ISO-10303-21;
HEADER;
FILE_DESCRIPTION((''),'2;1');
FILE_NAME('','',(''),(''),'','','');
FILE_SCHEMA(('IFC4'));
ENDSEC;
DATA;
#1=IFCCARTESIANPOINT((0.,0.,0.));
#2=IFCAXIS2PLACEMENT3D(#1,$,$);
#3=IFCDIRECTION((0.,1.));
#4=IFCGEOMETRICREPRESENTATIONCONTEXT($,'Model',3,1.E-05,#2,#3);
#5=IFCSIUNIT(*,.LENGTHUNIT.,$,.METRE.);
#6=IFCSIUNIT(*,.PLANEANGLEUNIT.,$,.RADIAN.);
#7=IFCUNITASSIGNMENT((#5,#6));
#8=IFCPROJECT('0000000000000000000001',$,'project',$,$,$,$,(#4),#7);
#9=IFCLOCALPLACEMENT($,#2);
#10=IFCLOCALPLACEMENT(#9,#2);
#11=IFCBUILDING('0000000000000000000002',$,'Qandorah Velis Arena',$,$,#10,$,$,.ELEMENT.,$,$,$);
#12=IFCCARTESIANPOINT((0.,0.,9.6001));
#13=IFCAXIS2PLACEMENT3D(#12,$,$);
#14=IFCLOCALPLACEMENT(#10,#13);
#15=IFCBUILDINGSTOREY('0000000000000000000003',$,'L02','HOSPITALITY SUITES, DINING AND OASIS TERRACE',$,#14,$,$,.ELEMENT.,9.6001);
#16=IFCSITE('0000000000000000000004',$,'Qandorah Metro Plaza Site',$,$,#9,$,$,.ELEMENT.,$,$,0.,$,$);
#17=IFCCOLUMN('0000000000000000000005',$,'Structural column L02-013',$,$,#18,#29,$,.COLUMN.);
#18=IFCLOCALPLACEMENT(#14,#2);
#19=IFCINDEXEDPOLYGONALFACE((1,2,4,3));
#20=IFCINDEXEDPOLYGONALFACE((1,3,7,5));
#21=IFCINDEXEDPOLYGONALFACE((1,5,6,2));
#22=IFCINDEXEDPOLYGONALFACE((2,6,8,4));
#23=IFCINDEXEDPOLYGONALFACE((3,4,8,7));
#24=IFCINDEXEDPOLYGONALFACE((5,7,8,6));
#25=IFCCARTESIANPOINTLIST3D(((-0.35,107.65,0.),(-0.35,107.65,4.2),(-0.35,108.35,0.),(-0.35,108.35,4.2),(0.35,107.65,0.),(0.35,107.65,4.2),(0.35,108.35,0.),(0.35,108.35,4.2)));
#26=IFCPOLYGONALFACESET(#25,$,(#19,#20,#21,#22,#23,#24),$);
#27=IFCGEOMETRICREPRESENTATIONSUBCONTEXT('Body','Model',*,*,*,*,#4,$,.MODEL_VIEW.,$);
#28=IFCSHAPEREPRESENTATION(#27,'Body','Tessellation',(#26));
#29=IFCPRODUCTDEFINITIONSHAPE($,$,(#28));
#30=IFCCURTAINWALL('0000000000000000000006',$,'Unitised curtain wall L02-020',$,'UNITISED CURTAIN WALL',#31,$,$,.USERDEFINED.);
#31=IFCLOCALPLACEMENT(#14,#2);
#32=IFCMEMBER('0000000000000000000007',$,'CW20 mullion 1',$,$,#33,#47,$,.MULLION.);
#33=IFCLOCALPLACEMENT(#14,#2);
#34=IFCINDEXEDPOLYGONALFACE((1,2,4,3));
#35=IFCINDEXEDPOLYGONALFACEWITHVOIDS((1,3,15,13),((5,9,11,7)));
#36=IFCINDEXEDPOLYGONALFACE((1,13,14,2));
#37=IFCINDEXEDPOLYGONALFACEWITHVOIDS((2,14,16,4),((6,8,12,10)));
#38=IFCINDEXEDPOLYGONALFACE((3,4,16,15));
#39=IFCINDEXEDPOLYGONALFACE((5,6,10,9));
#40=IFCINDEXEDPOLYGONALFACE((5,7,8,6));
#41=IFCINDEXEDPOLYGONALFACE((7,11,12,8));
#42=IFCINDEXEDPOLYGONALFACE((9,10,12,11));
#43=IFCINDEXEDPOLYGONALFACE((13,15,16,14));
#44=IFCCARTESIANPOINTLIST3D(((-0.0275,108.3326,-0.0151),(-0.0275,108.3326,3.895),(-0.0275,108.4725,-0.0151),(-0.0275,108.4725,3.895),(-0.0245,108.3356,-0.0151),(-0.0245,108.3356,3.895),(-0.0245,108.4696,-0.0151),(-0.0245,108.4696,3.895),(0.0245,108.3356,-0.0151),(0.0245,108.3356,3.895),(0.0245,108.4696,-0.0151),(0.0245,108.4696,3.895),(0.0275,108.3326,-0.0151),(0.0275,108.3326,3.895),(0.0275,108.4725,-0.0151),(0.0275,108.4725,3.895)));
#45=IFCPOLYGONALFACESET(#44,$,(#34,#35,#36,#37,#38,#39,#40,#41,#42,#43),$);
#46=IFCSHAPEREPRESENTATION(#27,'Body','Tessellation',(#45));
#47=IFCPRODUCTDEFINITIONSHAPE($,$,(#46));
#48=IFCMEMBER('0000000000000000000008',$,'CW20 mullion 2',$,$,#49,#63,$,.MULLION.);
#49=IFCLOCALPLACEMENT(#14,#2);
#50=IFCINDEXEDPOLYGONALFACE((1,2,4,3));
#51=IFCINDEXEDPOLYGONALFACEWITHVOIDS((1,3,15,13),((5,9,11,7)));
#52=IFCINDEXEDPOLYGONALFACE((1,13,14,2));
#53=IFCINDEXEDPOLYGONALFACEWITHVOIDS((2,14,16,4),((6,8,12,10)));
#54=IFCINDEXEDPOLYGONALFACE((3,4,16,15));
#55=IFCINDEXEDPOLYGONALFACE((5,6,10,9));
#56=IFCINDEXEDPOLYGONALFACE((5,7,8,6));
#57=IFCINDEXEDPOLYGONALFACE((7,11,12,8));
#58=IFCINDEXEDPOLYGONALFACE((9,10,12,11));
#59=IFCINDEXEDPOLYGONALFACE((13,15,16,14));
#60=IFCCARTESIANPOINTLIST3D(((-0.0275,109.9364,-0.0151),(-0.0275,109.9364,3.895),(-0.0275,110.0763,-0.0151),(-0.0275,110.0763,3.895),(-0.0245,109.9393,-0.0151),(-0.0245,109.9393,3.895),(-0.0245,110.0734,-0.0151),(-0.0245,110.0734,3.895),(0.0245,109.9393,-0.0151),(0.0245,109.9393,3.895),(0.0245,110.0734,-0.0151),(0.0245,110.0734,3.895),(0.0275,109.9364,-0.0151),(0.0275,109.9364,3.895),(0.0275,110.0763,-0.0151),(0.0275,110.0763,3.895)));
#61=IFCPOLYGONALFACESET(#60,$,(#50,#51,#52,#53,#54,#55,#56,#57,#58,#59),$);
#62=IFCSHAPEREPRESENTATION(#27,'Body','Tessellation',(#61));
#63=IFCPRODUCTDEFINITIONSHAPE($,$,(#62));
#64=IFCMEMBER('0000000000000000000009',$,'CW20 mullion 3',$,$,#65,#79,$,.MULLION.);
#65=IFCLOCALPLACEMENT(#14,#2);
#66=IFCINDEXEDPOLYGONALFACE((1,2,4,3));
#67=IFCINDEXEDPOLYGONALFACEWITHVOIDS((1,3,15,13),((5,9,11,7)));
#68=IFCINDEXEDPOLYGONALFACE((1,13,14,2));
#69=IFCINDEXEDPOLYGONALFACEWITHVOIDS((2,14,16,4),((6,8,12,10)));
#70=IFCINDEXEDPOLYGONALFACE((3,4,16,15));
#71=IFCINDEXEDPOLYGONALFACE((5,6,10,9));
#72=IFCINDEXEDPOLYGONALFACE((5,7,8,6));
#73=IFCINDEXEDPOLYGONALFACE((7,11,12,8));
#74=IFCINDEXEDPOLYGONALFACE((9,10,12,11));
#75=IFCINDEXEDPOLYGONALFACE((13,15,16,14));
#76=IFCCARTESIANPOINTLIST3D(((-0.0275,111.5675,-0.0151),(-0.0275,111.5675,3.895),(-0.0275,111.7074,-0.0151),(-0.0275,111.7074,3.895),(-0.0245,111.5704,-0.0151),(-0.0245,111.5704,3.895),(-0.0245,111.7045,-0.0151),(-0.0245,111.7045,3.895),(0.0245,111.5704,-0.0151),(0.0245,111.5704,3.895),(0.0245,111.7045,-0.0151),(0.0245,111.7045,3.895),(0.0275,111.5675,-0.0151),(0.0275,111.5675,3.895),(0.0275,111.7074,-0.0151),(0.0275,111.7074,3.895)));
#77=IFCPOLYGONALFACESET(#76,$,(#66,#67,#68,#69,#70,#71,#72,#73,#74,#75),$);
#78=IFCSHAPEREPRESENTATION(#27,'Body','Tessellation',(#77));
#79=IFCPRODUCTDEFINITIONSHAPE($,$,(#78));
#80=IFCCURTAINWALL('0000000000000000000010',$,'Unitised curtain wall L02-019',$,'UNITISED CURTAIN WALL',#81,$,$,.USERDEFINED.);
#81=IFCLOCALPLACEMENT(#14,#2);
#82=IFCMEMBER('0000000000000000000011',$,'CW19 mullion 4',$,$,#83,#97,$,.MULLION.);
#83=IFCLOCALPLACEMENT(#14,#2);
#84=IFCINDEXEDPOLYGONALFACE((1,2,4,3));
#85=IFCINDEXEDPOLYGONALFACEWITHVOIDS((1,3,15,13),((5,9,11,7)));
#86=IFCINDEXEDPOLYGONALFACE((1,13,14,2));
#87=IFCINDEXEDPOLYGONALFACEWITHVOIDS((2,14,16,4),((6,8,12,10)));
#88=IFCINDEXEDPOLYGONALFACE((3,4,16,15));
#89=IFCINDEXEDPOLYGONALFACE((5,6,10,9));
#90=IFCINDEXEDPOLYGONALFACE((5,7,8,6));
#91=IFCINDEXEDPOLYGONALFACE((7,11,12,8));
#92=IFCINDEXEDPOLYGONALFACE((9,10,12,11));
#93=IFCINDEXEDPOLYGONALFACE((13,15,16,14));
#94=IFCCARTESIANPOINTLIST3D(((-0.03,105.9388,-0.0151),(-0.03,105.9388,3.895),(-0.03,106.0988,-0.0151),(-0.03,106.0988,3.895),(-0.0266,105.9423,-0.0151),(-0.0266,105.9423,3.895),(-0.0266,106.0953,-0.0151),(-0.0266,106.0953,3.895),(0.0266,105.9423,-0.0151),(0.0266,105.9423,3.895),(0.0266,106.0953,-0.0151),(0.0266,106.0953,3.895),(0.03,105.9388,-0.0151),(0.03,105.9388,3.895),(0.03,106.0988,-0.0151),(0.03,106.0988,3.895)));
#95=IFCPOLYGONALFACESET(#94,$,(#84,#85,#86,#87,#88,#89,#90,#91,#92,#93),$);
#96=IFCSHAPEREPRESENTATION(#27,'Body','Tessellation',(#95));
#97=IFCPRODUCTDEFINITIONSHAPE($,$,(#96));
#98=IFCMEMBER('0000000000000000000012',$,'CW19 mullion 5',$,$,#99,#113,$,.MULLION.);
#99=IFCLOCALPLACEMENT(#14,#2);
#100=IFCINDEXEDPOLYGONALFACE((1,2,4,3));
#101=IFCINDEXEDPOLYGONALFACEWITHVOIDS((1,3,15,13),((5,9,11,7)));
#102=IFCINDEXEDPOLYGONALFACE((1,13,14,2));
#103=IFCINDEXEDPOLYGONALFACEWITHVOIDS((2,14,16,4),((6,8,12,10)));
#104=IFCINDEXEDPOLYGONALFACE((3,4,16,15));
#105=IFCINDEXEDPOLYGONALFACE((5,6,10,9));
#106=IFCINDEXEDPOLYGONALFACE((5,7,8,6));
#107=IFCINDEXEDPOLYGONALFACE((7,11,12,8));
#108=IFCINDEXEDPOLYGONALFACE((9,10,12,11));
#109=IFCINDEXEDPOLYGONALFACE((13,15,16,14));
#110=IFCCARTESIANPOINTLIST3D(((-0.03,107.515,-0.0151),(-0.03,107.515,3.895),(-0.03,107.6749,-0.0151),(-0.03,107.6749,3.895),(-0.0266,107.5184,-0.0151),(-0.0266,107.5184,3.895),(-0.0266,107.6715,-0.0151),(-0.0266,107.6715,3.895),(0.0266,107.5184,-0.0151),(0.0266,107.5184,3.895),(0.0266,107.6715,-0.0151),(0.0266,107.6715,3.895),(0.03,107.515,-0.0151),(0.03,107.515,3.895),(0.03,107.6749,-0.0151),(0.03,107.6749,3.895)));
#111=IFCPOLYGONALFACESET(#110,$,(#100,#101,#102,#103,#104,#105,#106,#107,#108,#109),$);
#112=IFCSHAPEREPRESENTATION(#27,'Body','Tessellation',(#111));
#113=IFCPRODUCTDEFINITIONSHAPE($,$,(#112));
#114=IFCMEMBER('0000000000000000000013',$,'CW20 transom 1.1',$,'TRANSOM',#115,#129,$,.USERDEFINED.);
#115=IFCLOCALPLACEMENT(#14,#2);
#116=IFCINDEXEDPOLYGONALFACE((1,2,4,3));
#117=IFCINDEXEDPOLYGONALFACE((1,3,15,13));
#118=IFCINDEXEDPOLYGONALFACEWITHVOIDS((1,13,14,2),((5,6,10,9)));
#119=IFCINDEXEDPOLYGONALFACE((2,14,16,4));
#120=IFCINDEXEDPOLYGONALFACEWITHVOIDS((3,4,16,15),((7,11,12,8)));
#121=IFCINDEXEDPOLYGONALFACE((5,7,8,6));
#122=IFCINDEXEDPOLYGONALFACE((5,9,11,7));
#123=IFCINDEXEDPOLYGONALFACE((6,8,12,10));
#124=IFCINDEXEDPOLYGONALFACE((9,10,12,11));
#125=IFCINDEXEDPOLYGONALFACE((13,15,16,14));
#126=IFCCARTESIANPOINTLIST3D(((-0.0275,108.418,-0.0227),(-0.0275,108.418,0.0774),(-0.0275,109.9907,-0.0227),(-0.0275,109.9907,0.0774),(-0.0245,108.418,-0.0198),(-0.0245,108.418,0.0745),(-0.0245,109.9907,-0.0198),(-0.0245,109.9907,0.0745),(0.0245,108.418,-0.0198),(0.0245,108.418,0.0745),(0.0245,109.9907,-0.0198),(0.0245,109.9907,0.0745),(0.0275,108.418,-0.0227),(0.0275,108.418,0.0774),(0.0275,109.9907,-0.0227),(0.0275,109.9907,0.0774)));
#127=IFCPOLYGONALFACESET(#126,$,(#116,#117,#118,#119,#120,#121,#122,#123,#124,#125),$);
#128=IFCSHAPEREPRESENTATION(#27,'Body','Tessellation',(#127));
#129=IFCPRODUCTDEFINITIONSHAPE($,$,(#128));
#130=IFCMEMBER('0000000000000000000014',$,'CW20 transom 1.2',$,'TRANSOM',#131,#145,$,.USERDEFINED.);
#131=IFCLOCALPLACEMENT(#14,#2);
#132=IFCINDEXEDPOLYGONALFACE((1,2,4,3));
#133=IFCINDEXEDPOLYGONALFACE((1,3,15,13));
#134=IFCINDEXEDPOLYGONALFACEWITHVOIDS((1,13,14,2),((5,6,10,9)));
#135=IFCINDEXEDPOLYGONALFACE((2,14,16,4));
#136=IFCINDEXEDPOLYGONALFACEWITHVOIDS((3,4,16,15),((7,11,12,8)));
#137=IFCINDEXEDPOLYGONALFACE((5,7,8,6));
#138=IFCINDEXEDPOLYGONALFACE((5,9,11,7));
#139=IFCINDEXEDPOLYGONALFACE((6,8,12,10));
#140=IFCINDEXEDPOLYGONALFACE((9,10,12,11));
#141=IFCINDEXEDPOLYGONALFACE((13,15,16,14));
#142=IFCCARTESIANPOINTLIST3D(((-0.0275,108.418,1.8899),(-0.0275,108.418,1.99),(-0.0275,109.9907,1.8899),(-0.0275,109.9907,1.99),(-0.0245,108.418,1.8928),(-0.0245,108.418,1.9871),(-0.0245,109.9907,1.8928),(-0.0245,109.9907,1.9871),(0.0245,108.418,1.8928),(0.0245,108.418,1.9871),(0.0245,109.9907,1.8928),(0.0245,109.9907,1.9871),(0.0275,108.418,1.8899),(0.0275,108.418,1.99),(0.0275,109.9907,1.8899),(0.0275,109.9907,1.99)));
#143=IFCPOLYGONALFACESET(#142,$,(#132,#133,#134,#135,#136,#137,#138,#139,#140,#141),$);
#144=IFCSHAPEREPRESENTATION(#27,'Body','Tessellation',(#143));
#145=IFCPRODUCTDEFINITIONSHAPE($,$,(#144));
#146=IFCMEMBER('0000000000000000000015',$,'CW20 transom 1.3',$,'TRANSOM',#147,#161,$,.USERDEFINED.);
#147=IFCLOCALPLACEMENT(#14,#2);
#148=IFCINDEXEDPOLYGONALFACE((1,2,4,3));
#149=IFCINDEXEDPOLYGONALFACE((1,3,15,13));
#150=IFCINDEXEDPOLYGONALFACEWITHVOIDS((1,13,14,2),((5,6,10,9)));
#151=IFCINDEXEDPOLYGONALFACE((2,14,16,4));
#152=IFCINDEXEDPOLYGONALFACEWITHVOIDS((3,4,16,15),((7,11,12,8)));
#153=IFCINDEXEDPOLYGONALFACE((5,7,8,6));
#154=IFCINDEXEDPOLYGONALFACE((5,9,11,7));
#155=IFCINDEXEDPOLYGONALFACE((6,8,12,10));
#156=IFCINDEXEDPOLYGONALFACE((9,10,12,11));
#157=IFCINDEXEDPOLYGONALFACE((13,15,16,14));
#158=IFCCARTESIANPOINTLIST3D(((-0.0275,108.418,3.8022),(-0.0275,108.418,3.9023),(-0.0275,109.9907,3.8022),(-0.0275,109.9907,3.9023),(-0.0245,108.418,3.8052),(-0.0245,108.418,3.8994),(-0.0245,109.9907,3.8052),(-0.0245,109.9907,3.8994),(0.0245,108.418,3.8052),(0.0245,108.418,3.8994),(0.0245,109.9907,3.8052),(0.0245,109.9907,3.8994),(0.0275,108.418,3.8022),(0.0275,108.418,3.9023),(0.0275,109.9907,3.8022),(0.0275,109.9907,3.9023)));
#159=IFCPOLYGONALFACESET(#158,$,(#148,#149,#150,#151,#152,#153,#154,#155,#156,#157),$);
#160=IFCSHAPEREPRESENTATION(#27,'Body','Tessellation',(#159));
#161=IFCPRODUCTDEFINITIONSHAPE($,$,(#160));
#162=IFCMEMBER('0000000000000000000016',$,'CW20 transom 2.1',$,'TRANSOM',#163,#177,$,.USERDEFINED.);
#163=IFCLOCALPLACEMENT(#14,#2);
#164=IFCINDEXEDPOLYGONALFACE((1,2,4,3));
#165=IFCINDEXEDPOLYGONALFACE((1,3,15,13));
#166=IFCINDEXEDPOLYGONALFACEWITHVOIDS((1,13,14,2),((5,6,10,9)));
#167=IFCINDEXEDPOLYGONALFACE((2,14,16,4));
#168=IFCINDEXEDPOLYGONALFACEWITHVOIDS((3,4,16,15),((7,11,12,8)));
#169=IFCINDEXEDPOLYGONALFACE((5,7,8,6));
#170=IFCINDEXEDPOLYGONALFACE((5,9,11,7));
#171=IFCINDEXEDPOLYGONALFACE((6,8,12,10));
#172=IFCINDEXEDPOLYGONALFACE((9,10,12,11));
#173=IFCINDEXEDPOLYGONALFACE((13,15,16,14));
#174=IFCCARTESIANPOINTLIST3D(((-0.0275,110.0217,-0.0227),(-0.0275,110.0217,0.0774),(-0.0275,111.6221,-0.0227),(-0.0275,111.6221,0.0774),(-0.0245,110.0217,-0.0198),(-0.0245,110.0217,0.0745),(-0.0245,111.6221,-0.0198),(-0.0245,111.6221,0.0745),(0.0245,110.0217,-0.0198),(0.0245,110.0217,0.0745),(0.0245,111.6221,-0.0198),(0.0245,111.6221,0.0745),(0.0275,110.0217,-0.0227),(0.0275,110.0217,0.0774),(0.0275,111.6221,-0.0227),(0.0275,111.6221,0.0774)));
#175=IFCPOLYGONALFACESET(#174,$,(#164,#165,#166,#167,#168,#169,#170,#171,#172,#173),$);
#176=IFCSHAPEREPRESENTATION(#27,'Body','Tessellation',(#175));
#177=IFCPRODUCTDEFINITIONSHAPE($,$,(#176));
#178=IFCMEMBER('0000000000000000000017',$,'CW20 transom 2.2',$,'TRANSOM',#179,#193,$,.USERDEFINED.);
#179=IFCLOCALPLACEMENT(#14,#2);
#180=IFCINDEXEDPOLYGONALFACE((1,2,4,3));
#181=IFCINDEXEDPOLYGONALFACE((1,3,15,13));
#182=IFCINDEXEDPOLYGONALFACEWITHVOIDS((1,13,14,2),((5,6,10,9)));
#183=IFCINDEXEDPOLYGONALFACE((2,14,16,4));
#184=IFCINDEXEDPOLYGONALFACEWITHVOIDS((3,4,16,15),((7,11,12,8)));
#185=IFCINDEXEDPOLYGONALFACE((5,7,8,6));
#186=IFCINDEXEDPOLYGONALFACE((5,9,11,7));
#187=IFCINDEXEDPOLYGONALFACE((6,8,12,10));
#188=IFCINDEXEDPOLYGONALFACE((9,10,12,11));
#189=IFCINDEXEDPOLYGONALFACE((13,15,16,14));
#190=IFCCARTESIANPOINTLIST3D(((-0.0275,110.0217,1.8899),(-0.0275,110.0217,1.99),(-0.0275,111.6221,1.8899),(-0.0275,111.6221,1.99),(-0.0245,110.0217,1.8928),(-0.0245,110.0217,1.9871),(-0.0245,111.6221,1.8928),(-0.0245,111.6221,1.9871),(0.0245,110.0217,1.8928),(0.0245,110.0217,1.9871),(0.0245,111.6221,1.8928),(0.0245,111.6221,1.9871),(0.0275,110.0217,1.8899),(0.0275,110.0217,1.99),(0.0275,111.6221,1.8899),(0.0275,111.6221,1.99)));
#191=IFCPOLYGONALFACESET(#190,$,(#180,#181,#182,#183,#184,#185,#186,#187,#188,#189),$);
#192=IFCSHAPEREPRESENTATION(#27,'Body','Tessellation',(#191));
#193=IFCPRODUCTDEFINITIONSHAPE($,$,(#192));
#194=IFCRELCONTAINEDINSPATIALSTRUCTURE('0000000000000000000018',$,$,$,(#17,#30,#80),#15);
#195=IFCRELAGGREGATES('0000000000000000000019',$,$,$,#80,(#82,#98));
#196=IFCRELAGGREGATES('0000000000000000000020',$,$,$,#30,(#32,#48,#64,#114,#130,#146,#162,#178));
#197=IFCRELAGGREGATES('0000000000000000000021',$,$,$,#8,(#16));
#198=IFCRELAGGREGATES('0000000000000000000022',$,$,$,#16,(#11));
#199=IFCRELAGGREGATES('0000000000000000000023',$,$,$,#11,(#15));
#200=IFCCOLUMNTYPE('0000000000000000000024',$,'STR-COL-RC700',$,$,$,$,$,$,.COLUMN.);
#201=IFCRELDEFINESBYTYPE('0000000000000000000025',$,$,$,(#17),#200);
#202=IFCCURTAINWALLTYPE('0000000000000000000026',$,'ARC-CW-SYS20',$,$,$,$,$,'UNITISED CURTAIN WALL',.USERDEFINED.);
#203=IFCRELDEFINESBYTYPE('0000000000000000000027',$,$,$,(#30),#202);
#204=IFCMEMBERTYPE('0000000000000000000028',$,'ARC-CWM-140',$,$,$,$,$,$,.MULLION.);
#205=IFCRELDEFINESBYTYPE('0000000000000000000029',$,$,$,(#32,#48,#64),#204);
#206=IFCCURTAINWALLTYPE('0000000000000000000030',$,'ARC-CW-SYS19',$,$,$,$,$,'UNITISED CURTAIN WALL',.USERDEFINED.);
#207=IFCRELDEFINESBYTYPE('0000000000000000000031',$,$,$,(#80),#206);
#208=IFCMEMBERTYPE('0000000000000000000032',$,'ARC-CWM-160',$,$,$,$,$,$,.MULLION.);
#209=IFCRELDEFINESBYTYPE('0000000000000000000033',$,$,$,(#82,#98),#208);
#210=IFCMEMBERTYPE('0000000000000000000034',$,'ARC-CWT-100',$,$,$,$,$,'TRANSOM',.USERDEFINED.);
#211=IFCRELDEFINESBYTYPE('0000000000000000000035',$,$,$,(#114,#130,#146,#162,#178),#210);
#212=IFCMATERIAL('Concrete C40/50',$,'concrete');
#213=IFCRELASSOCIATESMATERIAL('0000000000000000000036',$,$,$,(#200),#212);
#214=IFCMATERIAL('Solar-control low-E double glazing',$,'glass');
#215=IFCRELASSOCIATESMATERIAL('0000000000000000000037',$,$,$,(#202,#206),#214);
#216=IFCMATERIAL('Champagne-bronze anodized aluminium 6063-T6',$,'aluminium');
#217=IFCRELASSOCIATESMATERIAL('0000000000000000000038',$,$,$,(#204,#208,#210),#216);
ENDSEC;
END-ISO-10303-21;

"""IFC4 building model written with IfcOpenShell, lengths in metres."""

from ifc_helpers import new_model, si_unit, direction, frame, origin, origin_2d, place, context, subcontext, project, spatial, rectangle, hollow_rectangle, extrude, material, material_profile, profile_set, type_object, element, aggregate, save


model = new_model("IFC4")

# Units and contexts
model_context = context("Model", 3, precision=1e-05, world=origin(), true_north=direction((0.0, 1.0)))
body_context = subcontext(model_context, "Body", "Model", "MODEL_VIEW")
ifc_project = project(units=[si_unit("LENGTHUNIT", "METRE"), si_unit("PLANEANGLEUNIT", "RADIAN")], contexts=[model_context])

# Site, building, storey
site_placement = place(None, origin())
site = spatial("IfcSite", under=ifc_project, at=site_placement, Name="Qandorah Metro Plaza Site", CompositionType="ELEMENT", RefElevation=0.0)
building_placement = place(site_placement, origin())
building = spatial("IfcBuilding", under=site, at=building_placement, Name="Qandorah Velis Arena", CompositionType="ELEMENT")
storey_placement = place(building_placement, frame((0.0, 0.0, 9.6001)))
storey = spatial("IfcBuildingStorey", under=building, at=storey_placement, Name="L02", Description="HOSPITALITY SUITES, DINING AND OASIS TERRACE", CompositionType="ELEMENT", Elevation=9.6001)

# Column
ifc_material_1 = material(Name="Concrete C40/50", Category="concrete")
ifc_material_profile_1 = material_profile(ifc_material_1, rectangle(XDim=0.7, YDim=0.7, at=origin_2d()), Name="RC COL 700x700")
ifc_profile_set_1 = profile_set([ifc_material_profile_1], Name="Concrete C40/50")
column_type = type_object("IfcColumnType", Name="STR-COL-RC700", PredefinedType="COLUMN", material=ifc_profile_set_1)
column_placement = place(storey_placement, frame((0.0, 108.0, 0.0), z_axis=(0.0, 0.0, 1.0), x_axis=(1.0, 0.0, 0.0)))
element("IfcColumn", 1, at=column_placement, inside=storey, type_object=column_type, Name="Structural column L02-013", PredefinedType="COLUMN", context=body_context, shape_type="SweptSolid", body=[
    extrude(rectangle(XDim=0.7, YDim=0.7, at=origin_2d()), origin(), (0.0, 0.0, 1.0), 4.2),
])

# Curtain walls, members
ifc_material_2 = material(Name="Solar-control low-E double glazing", Category="glass")
curtain_wall_type_1 = type_object("IfcCurtainWallType", Name="ARC-CW-SYS20", ElementType="UNITISED CURTAIN WALL", PredefinedType="USERDEFINED", material=ifc_material_2)
curtain_wall_1_placement = place(storey_placement, origin())
curtain_wall_1 = element("IfcCurtainWall", 2, at=curtain_wall_1_placement, inside=storey, type_object=curtain_wall_type_1, Name="Unitised curtain wall L02-020", ObjectType="UNITISED CURTAIN WALL", PredefinedType="USERDEFINED")
ifc_material_3 = material(Name="Champagne-bronze anodized aluminium 6063-T6", Category="aluminium")
ifc_material_profile_2 = material_profile(ifc_material_3, hollow_rectangle(XDim=0.0549, YDim=0.1399, WallThickness=0.0029, at=origin_2d()), Name="ALU MULLION 55x140")
ifc_profile_set_2 = profile_set([ifc_material_profile_2], Name="Champagne-bronze anodized aluminium 6063-T6")
member_type_1 = type_object("IfcMemberType", Name="ARC-CWM-140", PredefinedType="MULLION", material=ifc_profile_set_2)
member_1_placement = place(storey_placement, frame((0.0, 108.4026, -0.0151), z_axis=(0.0, 0.0, 1.0), x_axis=(-1.0, 0.0, 0.0)))
member_1 = element("IfcMember", 3, at=member_1_placement, type_object=member_type_1, Name="CW20 mullion 1", PredefinedType="MULLION", context=body_context, shape_type="SweptSolid", body=[
    extrude(hollow_rectangle(XDim=0.0549, YDim=0.1399, WallThickness=0.0029, at=origin_2d()), origin(), (0.0, 0.0, 1.0), 3.9102),
])
member_2_placement = place(storey_placement, frame((0.0, 110.0063, -0.0151), z_axis=(0.0, 0.0, 1.0), x_axis=(-1.0, 0.0, 0.0)))
member_2 = element("IfcMember", 4, at=member_2_placement, type_object=member_type_1, Name="CW20 mullion 2", PredefinedType="MULLION", context=body_context, shape_type="SweptSolid", body=[
    extrude(hollow_rectangle(XDim=0.0549, YDim=0.1399, WallThickness=0.0029, at=origin_2d()), origin(), (0.0, 0.0, 1.0), 3.9102),
])
member_3_placement = place(storey_placement, frame((0.0, 111.6375, -0.0151), z_axis=(0.0, 0.0, 1.0), x_axis=(-1.0, 0.0, 0.0)))
member_3 = element("IfcMember", 5, at=member_3_placement, type_object=member_type_1, Name="CW20 mullion 3", PredefinedType="MULLION", context=body_context, shape_type="SweptSolid", body=[
    extrude(hollow_rectangle(XDim=0.0549, YDim=0.1399, WallThickness=0.0029, at=origin_2d()), origin(), (0.0, 0.0, 1.0), 3.9102),
])
curtain_wall_type_2 = type_object("IfcCurtainWallType", Name="ARC-CW-SYS19", ElementType="UNITISED CURTAIN WALL", PredefinedType="USERDEFINED", material=ifc_material_2)
curtain_wall_2_placement = place(storey_placement, origin())
curtain_wall_2 = element("IfcCurtainWall", 6, at=curtain_wall_2_placement, inside=storey, type_object=curtain_wall_type_2, Name="Unitised curtain wall L02-019", ObjectType="UNITISED CURTAIN WALL", PredefinedType="USERDEFINED")
ifc_material_profile_3 = material_profile(ifc_material_3, hollow_rectangle(XDim=0.0601, YDim=0.1599, WallThickness=0.0034, at=origin_2d()), Name="ALU MULLION 60x160")
ifc_profile_set_3 = profile_set([ifc_material_profile_3], Name="Champagne-bronze anodized aluminium 6063-T6")
member_type_2 = type_object("IfcMemberType", Name="ARC-CWM-160", PredefinedType="MULLION", material=ifc_profile_set_3)
member_4_placement = place(storey_placement, frame((0.0, 106.0188, -0.0151), z_axis=(0.0, 0.0, 1.0), x_axis=(-1.0, 0.0, 0.0)))
member_4 = element("IfcMember", 7, at=member_4_placement, type_object=member_type_2, Name="CW19 mullion 4", PredefinedType="MULLION", context=body_context, shape_type="SweptSolid", body=[
    extrude(hollow_rectangle(XDim=0.0601, YDim=0.1599, WallThickness=0.0034, at=origin_2d()), origin(), (0.0, 0.0, 1.0), 3.9102),
])
member_5_placement = place(storey_placement, frame((0.0, 107.595, -0.0151), z_axis=(0.0, 0.0, 1.0), x_axis=(-1.0, 0.0, 0.0)))
member_5 = element("IfcMember", 8, at=member_5_placement, type_object=member_type_2, Name="CW19 mullion 5", PredefinedType="MULLION", context=body_context, shape_type="SweptSolid", body=[
    extrude(hollow_rectangle(XDim=0.0601, YDim=0.1599, WallThickness=0.0034, at=origin_2d()), origin(), (0.0, 0.0, 1.0), 3.9102),
])

# Members
ifc_material_profile_4 = material_profile(ifc_material_3, hollow_rectangle(XDim=0.0549, YDim=0.1001, WallThickness=0.0029, at=origin_2d()), Name="ALU TRANSOM 55x100")
ifc_profile_set_4 = profile_set([ifc_material_profile_4], Name="Champagne-bronze anodized aluminium 6063-T6")
member_type_3 = type_object("IfcMemberType", Name="ARC-CWT-100", ElementType="TRANSOM", PredefinedType="USERDEFINED", material=ifc_profile_set_4)
member_6_placement = place(storey_placement, frame((0.0, 108.418, 0.0273), z_axis=(0.0, 1.0, 0.0), x_axis=(-1.0, 0.0, 0.0)))
member_6 = element("IfcMember", 9, at=member_6_placement, type_object=member_type_3, Name="CW20 transom 1.1", ObjectType="TRANSOM", PredefinedType="USERDEFINED", context=body_context, shape_type="SweptSolid", body=[
    extrude(hollow_rectangle(XDim=0.0549, YDim=0.1001, WallThickness=0.0029, at=origin_2d()), origin(), (0.0, 0.0, 1.0), 1.5728),
])
member_7_placement = place(storey_placement, frame((0.0, 108.418, 1.9399), z_axis=(0.0, 1.0, 0.0), x_axis=(-1.0, 0.0, 0.0)))
member_7 = element("IfcMember", 10, at=member_7_placement, type_object=member_type_3, Name="CW20 transom 1.2", ObjectType="TRANSOM", PredefinedType="USERDEFINED", context=body_context, shape_type="SweptSolid", body=[
    extrude(hollow_rectangle(XDim=0.0549, YDim=0.1001, WallThickness=0.0029, at=origin_2d()), origin(), (0.0, 0.0, 1.0), 1.5728),
])
member_8_placement = place(storey_placement, frame((0.0, 108.418, 3.8523), z_axis=(0.0, 1.0, 0.0), x_axis=(-1.0, 0.0, 0.0)))
member_8 = element("IfcMember", 11, at=member_8_placement, type_object=member_type_3, Name="CW20 transom 1.3", ObjectType="TRANSOM", PredefinedType="USERDEFINED", context=body_context, shape_type="SweptSolid", body=[
    extrude(hollow_rectangle(XDim=0.0549, YDim=0.1001, WallThickness=0.0029, at=origin_2d()), origin(), (0.0, 0.0, 1.0), 1.5728),
])
member_9_placement = place(storey_placement, frame((0.0, 110.0217, 0.0273), z_axis=(0.0, 1.0, 0.0), x_axis=(-1.0, 0.0, 0.0)))
member_9 = element("IfcMember", 12, at=member_9_placement, type_object=member_type_3, Name="CW20 transom 2.1", ObjectType="TRANSOM", PredefinedType="USERDEFINED", context=body_context, shape_type="SweptSolid", body=[
    extrude(hollow_rectangle(XDim=0.0549, YDim=0.1001, WallThickness=0.0029, at=origin_2d()), origin(), (0.0, 0.0, 1.0), 1.6003),
])
member_10_placement = place(storey_placement, frame((0.0, 110.0217, 1.9399), z_axis=(0.0, 1.0, 0.0), x_axis=(-1.0, 0.0, 0.0)))
member_10 = element("IfcMember", 13, at=member_10_placement, type_object=member_type_3, Name="CW20 transom 2.2", ObjectType="TRANSOM", PredefinedType="USERDEFINED", context=body_context, shape_type="SweptSolid", body=[
    extrude(hollow_rectangle(XDim=0.0549, YDim=0.1001, WallThickness=0.0029, at=origin_2d()), origin(), (0.0, 0.0, 1.0), 1.6003),
])

aggregate(curtain_wall_2, [member_4, member_5])
aggregate(curtain_wall_1, [member_1, member_2, member_3, member_6, member_7, member_8, member_9, member_10])

save(model, "model.ifc")
